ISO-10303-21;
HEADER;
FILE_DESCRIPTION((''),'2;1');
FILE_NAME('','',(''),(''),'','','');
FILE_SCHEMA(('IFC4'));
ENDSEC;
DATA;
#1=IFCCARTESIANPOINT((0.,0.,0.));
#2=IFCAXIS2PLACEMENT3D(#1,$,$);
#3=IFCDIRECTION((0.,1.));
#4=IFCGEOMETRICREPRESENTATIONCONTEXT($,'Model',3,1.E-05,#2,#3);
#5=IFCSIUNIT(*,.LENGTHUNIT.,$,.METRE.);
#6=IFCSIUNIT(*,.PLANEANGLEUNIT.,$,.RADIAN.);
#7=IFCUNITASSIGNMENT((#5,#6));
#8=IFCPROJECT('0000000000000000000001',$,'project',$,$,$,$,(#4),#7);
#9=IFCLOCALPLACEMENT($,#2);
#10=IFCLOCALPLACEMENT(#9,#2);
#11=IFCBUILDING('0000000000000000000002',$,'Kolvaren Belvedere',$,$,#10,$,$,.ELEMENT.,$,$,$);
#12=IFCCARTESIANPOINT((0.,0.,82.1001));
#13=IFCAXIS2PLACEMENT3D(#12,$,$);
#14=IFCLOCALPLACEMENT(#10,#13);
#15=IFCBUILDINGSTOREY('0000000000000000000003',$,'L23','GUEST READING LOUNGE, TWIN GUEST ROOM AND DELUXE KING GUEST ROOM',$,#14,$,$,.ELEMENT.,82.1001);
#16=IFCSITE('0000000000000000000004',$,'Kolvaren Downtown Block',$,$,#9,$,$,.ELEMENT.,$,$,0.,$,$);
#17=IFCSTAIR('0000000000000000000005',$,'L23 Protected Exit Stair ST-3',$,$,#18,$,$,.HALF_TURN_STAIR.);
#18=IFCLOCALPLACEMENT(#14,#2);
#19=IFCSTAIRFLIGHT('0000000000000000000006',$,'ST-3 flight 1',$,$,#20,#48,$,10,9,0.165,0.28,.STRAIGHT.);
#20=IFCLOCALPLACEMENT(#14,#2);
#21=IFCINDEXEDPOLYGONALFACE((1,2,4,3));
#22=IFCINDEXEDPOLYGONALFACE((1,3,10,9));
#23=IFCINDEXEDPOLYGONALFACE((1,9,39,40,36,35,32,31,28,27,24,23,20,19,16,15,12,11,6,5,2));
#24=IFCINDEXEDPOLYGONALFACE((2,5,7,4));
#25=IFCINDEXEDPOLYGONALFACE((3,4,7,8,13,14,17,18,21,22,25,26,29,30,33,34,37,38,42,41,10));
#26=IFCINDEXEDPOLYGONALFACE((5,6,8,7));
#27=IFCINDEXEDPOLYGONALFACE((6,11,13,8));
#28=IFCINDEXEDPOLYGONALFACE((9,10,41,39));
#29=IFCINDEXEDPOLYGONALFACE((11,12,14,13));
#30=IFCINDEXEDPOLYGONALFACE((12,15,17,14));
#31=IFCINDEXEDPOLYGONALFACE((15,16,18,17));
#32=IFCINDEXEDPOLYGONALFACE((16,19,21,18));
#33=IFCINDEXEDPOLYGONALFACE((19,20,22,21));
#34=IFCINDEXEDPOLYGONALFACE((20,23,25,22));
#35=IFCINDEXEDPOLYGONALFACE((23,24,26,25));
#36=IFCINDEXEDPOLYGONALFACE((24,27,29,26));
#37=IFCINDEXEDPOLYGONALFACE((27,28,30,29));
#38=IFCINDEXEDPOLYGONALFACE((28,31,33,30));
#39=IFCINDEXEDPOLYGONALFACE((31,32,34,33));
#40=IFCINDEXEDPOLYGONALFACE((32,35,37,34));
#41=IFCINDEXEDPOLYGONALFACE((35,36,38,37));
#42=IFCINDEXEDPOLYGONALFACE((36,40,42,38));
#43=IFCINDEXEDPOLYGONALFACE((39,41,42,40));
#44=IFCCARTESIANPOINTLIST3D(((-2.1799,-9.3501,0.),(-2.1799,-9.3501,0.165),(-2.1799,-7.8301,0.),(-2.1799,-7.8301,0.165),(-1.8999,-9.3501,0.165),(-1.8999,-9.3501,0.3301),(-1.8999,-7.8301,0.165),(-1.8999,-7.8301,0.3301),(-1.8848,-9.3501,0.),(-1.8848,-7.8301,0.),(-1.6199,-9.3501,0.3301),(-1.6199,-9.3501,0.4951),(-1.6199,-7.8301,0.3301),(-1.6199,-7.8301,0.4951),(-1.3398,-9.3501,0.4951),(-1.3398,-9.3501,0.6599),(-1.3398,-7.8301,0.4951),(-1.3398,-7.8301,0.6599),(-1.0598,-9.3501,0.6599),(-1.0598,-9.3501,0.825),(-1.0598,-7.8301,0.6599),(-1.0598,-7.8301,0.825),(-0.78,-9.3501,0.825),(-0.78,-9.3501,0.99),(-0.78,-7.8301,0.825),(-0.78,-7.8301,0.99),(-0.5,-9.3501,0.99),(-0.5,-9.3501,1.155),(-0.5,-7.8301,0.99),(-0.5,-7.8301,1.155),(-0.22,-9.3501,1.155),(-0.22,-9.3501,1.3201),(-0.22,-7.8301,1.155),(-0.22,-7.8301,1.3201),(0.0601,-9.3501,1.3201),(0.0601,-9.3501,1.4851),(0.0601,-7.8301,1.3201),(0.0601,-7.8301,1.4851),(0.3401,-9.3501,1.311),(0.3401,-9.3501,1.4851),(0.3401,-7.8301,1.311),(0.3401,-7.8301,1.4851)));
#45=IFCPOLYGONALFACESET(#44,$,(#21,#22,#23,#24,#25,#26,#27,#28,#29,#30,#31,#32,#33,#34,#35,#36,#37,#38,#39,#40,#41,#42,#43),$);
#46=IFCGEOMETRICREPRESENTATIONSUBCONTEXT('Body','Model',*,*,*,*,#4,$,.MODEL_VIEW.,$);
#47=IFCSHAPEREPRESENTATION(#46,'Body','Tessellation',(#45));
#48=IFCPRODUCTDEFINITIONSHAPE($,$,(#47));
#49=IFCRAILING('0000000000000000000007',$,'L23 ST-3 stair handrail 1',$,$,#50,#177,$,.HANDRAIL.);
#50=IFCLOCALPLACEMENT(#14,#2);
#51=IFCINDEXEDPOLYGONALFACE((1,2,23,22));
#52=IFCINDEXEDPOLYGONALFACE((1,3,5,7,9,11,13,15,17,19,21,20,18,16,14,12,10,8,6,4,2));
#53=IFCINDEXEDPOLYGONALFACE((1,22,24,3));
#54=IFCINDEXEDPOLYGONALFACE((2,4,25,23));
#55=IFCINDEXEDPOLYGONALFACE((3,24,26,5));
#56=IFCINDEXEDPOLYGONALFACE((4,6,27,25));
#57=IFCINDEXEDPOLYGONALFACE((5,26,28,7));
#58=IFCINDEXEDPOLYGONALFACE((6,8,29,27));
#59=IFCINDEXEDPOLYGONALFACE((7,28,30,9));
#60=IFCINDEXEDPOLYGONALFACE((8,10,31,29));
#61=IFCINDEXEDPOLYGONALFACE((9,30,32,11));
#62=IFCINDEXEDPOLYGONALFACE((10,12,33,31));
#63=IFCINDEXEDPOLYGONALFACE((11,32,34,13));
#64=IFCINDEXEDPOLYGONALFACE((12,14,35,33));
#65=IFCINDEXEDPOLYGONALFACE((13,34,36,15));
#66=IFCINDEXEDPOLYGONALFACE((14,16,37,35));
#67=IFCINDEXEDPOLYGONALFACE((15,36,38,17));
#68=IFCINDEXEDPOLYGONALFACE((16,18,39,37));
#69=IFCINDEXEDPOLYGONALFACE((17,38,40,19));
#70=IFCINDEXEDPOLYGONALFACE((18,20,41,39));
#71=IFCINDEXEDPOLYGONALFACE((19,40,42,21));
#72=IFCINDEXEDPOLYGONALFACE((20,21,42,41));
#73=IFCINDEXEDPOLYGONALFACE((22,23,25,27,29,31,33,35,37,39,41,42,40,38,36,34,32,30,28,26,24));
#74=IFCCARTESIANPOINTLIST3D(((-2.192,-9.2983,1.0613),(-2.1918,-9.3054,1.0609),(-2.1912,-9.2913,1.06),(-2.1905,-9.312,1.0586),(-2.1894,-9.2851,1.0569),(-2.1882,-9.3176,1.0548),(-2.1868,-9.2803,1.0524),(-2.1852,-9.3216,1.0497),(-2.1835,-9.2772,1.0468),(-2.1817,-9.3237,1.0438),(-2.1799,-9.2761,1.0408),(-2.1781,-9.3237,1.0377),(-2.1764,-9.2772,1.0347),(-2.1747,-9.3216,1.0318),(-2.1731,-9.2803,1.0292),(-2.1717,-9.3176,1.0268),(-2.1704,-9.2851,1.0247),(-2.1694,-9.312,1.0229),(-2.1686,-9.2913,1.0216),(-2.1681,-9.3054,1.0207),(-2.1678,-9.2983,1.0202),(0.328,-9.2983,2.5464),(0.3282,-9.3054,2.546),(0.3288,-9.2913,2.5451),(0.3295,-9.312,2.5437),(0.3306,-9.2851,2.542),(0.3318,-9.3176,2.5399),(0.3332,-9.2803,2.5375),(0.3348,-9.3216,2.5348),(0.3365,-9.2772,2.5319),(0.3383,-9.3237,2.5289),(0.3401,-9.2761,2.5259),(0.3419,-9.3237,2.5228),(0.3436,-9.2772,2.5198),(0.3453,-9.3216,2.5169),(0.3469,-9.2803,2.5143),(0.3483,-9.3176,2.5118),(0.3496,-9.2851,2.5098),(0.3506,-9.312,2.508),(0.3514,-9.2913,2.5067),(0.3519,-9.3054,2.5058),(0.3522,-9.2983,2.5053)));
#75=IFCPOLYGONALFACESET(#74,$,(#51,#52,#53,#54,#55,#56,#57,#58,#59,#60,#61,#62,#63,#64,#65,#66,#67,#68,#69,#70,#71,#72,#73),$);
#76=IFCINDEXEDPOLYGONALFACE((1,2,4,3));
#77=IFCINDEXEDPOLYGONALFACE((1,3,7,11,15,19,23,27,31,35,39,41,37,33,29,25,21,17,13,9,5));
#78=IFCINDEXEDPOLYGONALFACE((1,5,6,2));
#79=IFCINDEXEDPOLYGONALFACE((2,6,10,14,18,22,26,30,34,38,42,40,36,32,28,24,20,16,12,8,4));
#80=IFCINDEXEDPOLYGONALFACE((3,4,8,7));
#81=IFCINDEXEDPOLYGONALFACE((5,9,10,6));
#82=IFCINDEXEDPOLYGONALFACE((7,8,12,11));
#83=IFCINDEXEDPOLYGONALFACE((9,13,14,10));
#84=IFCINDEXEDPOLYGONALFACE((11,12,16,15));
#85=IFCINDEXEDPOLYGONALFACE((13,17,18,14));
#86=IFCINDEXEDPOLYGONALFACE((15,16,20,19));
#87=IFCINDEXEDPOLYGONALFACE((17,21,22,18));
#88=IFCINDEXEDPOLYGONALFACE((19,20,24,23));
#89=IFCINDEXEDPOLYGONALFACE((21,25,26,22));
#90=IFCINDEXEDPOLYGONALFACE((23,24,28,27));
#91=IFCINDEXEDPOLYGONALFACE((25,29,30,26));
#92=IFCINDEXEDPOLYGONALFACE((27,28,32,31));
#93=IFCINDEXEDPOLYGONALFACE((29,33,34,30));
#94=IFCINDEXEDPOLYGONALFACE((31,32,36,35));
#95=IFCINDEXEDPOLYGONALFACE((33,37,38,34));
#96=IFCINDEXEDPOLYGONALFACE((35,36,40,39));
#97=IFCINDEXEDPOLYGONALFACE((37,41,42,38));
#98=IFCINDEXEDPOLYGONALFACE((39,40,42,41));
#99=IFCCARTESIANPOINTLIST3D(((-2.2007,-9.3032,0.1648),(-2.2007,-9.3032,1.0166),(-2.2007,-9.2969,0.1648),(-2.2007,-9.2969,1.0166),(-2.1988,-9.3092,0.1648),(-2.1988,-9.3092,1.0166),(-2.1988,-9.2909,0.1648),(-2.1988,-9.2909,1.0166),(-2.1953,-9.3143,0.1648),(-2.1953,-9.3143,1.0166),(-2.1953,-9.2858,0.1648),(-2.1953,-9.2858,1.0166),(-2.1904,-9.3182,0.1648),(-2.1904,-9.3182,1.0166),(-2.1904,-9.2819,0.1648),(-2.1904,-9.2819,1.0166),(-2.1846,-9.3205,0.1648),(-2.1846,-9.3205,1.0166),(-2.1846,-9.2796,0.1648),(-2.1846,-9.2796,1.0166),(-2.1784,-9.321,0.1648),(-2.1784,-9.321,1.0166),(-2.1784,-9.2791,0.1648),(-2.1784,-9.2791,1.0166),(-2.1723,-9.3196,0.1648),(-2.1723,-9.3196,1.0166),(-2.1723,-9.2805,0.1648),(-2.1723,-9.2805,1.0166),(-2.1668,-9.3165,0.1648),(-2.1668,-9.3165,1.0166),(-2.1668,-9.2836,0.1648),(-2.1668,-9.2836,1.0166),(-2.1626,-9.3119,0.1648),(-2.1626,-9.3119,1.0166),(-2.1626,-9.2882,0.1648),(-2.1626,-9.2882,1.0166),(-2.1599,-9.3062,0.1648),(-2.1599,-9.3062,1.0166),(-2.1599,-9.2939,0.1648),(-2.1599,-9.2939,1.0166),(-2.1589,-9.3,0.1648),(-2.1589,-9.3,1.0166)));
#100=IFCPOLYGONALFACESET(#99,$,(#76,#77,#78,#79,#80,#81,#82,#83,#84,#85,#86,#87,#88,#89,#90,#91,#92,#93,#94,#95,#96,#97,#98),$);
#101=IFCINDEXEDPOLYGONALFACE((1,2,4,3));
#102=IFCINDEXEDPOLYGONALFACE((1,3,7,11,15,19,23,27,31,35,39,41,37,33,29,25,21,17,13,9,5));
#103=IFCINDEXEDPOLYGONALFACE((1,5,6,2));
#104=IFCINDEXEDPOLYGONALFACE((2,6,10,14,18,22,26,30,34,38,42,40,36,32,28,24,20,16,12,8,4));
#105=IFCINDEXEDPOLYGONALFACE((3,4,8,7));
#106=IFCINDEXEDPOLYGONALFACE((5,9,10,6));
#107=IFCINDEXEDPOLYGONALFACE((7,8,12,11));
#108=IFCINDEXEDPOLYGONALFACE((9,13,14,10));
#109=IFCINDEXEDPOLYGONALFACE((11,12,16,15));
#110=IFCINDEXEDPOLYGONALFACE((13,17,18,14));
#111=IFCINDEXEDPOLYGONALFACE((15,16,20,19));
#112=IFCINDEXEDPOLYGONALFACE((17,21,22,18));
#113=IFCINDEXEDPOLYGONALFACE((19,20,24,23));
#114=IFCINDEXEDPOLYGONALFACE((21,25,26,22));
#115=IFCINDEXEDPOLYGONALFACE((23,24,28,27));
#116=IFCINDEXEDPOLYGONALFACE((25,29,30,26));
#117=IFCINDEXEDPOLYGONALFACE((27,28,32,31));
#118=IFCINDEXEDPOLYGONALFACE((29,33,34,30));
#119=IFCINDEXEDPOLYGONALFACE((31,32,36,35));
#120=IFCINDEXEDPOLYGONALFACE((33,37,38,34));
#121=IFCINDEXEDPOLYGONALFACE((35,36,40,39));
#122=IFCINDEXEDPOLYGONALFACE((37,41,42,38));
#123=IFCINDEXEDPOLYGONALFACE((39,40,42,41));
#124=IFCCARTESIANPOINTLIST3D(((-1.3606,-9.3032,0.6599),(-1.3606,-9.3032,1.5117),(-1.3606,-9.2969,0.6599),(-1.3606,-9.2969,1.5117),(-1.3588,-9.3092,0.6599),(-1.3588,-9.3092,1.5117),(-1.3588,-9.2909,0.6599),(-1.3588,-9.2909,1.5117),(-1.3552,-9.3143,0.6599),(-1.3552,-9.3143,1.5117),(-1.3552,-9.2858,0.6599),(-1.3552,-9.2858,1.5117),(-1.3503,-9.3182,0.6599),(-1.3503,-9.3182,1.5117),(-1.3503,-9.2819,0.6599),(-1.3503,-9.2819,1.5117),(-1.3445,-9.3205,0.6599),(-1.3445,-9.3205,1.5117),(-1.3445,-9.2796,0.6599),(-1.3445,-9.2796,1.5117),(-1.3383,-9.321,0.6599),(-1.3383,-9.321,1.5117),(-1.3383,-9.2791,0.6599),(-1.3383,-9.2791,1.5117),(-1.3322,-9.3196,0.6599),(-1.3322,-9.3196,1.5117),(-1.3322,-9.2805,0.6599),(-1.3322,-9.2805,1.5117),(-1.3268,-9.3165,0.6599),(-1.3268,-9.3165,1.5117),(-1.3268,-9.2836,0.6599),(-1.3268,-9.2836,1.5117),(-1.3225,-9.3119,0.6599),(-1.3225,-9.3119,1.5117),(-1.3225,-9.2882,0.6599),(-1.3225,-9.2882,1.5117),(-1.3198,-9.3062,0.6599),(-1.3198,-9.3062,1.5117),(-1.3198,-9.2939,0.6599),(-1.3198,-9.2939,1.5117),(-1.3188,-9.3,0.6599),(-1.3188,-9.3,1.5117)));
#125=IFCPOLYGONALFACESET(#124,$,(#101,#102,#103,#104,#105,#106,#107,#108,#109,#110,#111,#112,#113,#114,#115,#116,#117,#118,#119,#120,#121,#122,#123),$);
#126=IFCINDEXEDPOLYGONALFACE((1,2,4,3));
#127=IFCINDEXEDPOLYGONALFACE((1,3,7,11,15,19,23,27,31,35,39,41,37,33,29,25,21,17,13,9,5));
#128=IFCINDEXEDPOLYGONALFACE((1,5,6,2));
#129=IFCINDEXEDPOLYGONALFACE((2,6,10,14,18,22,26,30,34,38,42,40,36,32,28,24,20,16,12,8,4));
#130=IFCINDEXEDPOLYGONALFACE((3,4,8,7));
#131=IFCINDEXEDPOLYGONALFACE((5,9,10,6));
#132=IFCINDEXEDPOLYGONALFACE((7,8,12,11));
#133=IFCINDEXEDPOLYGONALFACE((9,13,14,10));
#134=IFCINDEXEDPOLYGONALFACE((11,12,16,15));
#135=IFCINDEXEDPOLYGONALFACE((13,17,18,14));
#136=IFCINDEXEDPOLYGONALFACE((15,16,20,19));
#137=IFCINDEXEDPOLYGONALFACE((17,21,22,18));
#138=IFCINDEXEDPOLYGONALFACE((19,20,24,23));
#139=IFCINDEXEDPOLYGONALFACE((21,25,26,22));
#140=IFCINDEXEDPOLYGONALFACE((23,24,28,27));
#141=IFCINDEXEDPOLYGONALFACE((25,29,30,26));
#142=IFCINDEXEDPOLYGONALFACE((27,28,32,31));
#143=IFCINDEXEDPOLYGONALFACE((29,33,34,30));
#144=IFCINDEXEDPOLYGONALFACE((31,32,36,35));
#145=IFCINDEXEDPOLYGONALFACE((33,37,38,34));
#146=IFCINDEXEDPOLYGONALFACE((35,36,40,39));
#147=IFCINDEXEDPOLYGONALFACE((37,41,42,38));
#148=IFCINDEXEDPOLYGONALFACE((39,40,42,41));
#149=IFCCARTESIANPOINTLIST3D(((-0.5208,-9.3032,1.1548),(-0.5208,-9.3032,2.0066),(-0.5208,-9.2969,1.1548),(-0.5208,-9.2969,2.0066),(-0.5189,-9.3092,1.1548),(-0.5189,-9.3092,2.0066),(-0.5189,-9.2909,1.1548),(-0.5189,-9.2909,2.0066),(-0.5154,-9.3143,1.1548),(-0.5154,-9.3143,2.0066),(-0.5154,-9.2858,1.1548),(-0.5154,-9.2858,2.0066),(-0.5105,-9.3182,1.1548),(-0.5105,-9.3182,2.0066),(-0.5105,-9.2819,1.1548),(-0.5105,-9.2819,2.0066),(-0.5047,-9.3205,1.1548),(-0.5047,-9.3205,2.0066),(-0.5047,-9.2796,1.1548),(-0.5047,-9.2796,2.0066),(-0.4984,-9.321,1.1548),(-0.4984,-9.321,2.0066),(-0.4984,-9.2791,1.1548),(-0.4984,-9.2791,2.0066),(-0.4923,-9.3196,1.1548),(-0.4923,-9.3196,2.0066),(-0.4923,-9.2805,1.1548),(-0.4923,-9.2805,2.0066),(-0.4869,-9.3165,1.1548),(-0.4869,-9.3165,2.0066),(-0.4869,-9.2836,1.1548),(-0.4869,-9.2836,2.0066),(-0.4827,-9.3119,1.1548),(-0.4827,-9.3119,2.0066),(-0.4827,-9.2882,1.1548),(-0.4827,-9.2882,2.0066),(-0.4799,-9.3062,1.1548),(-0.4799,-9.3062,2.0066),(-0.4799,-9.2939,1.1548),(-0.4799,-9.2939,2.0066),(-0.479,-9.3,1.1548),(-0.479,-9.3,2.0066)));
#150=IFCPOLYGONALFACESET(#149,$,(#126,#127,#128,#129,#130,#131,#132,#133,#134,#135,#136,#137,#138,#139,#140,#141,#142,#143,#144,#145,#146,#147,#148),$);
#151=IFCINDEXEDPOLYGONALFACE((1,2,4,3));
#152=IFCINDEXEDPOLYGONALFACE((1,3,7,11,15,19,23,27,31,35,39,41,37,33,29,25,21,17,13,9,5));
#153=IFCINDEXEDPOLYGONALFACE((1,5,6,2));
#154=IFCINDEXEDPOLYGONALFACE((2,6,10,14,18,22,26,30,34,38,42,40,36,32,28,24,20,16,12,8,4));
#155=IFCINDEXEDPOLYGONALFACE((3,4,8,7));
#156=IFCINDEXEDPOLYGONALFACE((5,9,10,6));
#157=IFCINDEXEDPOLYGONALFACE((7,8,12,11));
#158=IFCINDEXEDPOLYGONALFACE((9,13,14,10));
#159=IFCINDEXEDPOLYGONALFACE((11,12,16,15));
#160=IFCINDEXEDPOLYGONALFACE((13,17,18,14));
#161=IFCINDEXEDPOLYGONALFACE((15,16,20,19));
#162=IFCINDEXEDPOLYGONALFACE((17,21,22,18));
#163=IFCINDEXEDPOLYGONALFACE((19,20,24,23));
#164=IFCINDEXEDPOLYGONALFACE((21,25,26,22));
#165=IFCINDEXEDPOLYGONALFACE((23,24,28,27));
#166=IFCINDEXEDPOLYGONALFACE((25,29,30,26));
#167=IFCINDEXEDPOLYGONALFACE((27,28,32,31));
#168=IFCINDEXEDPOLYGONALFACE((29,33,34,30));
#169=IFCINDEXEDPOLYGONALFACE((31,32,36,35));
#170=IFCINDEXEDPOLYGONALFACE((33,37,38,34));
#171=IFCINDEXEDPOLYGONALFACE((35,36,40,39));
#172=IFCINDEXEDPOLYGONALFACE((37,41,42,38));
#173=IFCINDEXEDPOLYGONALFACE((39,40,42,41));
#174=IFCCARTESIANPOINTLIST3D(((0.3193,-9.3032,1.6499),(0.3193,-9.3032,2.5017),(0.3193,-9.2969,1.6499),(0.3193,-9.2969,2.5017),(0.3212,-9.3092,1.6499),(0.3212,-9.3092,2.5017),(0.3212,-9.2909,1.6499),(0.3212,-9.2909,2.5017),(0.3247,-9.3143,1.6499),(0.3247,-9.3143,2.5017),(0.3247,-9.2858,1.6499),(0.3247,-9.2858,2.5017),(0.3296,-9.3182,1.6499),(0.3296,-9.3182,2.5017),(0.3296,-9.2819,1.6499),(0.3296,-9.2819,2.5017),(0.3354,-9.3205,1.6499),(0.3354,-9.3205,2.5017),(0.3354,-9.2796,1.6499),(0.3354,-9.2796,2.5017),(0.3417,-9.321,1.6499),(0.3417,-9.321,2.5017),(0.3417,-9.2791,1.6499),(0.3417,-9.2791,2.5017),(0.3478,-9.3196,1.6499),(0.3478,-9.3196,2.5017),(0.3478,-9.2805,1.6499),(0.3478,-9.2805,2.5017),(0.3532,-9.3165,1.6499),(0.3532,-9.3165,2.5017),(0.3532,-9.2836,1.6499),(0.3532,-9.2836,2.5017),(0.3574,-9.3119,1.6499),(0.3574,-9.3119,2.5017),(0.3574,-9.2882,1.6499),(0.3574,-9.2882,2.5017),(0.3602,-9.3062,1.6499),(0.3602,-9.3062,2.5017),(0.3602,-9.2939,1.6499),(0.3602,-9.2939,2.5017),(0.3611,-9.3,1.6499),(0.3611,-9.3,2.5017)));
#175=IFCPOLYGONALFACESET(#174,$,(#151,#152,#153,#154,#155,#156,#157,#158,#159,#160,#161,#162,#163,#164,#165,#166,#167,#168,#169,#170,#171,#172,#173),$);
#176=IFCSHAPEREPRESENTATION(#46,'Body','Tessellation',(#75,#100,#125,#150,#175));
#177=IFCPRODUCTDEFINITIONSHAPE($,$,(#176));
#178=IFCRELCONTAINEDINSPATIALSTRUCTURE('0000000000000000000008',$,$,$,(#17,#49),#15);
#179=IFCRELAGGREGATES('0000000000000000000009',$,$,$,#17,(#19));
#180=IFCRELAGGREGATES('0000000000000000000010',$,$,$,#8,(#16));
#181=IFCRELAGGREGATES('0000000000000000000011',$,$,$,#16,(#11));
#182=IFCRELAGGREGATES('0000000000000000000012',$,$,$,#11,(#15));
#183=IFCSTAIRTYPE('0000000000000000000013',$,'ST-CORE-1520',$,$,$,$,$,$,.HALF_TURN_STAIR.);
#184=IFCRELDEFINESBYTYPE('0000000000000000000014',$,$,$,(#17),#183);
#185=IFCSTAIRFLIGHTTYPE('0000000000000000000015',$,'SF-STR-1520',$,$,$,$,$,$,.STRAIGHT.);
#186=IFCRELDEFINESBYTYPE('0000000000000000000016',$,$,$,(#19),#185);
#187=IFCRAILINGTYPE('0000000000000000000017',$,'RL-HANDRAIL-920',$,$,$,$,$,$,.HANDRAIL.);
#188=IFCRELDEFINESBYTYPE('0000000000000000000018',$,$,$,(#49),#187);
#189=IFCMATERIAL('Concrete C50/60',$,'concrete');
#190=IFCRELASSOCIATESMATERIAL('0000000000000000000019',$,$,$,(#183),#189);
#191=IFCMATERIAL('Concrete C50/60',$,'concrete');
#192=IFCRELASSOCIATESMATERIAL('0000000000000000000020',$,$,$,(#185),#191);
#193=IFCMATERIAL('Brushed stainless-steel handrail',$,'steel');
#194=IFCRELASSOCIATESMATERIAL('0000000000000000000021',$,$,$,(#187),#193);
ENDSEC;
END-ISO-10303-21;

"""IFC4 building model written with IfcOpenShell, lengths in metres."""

from ifc_helpers import new_model, si_unit, direction, frame, origin, origin_2d, place, context, subcontext, project, spatial, polyline, circle, outline, extrude, material, type_object, element, aggregate, save


model = new_model("IFC4")

# Units and contexts
model_context = context("Model", 3, precision=1e-05, world=origin(), true_north=direction((0.0, 1.0)))
body_context = subcontext(model_context, "Body", "Model", "MODEL_VIEW")
ifc_project = project(units=[si_unit("LENGTHUNIT", "METRE"), si_unit("PLANEANGLEUNIT", "RADIAN")], contexts=[model_context])

# Site, building, storey
site_placement = place(None, origin())
site = spatial("IfcSite", under=ifc_project, at=site_placement, Name="Kolvaren Downtown Block", CompositionType="ELEMENT", RefElevation=0.0)
building_placement = place(site_placement, origin())
building = spatial("IfcBuilding", under=site, at=building_placement, Name="Kolvaren Belvedere", CompositionType="ELEMENT")
storey_placement = place(building_placement, frame((0.0, 0.0, 82.1001)))
storey = spatial("IfcBuildingStorey", under=building, at=storey_placement, Name="L23", Description="GUEST READING LOUNGE, TWIN GUEST ROOM AND DELUXE KING GUEST ROOM", CompositionType="ELEMENT", Elevation=82.1001)

# Stair, stair flight
ifc_material_1 = material(Name="Concrete C50/60", Category="concrete")
stair_type = type_object("IfcStairType", Name="ST-CORE-1520", PredefinedType="HALF_TURN_STAIR", material=ifc_material_1)
stair_placement = place(storey_placement, origin())
stair = element("IfcStair", 1, at=stair_placement, inside=storey, type_object=stair_type, Name="L23 Protected Exit Stair ST-3", PredefinedType="HALF_TURN_STAIR")
ifc_material_2 = material(Name="Concrete C50/60", Category="concrete")
stair_flight_type = type_object("IfcStairFlightType", Name="SF-STR-1520", PredefinedType="STRAIGHT", material=ifc_material_2)
stair_flight_placement = place(storey_placement, frame((-2.1799, -8.5901, 0.0), z_axis=(0.0, 0.0, 1.0), x_axis=(1.0, 0.0, 0.0)))
stair_flight = element("IfcStairFlight", 2, at=stair_flight_placement, type_object=stair_flight_type, Name="ST-3 flight 1", NumberOfRisers=10, NumberOfTreads=9, PredefinedType="STRAIGHT", RiserHeight=0.165, TreadLength=0.28, context=body_context, shape_type="SweptSolid", body=[
    extrude(outline(polyline([(0.0, 0.0), (0.0, 0.165), (0.28, 0.165), (0.28, 0.3301), (0.5601, 0.3301), (0.5601, 0.4951), (0.8401, 0.4951), (0.8401, 0.6599), (1.1201, 0.6599), (1.1201, 0.825), (1.3999, 0.825), (1.3999, 0.99), (1.6799, 0.99), (1.6799, 1.155), (1.96, 1.155), (1.96, 1.3201), (2.24, 1.3201), (2.24, 1.4851), (2.52, 1.4851), (2.52, 1.6499), (2.52, 1.311), (0.2952, 0.0), (0.0, 0.0)])), frame((0.0, 0.76, 0.0), z_axis=(0.0, -1.0, 0.0), x_axis=(1.0, 0.0, 0.0)), (0.0, 0.0, 1.0), 1.52),
])
aggregate(stair, [stair_flight])

# Railing
ifc_material_3 = material(Name="Brushed stainless-steel handrail", Category="steel")
railing_type_1 = type_object("IfcRailingType", Name="RL-HANDRAIL-920", PredefinedType="HANDRAIL", material=ifc_material_3)
railing_1_placement = place(storey_placement, frame((-2.1799, -9.3, 0.1648)))
element("IfcRailing", 3, at=railing_1_placement, inside=storey, type_object=railing_type_1, Name="L23 ST-3 stair handrail 1", PredefinedType="HANDRAIL", context=body_context, shape_type="SweptSolid", body=[
    extrude(circle(Radius=0.0239, at=origin_2d()), frame((0.0, 0.0, 0.876), z_axis=(0.861524, 0.0, 0.507717), x_axis=(0.0, 1.0, 0.0)), (0.0, 0.0, 1.0), 2.925),
    extrude(circle(Radius=0.021, at=origin_2d()), origin(), (0.0, 0.0, 1.0), 0.8518),
    extrude(circle(Radius=0.021, at=origin_2d()), frame((0.8401, 0.0, 0.4951)), (0.0, 0.0, 1.0), 0.8518),
    extrude(circle(Radius=0.021, at=origin_2d()), frame((1.6799, 0.0, 0.99)), (0.0, 0.0, 1.0), 0.8518),
    extrude(circle(Radius=0.021, at=origin_2d()), frame((2.52, 0.0, 1.4851)), (0.0, 0.0, 1.0), 0.8518),
])

save(model, "model.ifc")
